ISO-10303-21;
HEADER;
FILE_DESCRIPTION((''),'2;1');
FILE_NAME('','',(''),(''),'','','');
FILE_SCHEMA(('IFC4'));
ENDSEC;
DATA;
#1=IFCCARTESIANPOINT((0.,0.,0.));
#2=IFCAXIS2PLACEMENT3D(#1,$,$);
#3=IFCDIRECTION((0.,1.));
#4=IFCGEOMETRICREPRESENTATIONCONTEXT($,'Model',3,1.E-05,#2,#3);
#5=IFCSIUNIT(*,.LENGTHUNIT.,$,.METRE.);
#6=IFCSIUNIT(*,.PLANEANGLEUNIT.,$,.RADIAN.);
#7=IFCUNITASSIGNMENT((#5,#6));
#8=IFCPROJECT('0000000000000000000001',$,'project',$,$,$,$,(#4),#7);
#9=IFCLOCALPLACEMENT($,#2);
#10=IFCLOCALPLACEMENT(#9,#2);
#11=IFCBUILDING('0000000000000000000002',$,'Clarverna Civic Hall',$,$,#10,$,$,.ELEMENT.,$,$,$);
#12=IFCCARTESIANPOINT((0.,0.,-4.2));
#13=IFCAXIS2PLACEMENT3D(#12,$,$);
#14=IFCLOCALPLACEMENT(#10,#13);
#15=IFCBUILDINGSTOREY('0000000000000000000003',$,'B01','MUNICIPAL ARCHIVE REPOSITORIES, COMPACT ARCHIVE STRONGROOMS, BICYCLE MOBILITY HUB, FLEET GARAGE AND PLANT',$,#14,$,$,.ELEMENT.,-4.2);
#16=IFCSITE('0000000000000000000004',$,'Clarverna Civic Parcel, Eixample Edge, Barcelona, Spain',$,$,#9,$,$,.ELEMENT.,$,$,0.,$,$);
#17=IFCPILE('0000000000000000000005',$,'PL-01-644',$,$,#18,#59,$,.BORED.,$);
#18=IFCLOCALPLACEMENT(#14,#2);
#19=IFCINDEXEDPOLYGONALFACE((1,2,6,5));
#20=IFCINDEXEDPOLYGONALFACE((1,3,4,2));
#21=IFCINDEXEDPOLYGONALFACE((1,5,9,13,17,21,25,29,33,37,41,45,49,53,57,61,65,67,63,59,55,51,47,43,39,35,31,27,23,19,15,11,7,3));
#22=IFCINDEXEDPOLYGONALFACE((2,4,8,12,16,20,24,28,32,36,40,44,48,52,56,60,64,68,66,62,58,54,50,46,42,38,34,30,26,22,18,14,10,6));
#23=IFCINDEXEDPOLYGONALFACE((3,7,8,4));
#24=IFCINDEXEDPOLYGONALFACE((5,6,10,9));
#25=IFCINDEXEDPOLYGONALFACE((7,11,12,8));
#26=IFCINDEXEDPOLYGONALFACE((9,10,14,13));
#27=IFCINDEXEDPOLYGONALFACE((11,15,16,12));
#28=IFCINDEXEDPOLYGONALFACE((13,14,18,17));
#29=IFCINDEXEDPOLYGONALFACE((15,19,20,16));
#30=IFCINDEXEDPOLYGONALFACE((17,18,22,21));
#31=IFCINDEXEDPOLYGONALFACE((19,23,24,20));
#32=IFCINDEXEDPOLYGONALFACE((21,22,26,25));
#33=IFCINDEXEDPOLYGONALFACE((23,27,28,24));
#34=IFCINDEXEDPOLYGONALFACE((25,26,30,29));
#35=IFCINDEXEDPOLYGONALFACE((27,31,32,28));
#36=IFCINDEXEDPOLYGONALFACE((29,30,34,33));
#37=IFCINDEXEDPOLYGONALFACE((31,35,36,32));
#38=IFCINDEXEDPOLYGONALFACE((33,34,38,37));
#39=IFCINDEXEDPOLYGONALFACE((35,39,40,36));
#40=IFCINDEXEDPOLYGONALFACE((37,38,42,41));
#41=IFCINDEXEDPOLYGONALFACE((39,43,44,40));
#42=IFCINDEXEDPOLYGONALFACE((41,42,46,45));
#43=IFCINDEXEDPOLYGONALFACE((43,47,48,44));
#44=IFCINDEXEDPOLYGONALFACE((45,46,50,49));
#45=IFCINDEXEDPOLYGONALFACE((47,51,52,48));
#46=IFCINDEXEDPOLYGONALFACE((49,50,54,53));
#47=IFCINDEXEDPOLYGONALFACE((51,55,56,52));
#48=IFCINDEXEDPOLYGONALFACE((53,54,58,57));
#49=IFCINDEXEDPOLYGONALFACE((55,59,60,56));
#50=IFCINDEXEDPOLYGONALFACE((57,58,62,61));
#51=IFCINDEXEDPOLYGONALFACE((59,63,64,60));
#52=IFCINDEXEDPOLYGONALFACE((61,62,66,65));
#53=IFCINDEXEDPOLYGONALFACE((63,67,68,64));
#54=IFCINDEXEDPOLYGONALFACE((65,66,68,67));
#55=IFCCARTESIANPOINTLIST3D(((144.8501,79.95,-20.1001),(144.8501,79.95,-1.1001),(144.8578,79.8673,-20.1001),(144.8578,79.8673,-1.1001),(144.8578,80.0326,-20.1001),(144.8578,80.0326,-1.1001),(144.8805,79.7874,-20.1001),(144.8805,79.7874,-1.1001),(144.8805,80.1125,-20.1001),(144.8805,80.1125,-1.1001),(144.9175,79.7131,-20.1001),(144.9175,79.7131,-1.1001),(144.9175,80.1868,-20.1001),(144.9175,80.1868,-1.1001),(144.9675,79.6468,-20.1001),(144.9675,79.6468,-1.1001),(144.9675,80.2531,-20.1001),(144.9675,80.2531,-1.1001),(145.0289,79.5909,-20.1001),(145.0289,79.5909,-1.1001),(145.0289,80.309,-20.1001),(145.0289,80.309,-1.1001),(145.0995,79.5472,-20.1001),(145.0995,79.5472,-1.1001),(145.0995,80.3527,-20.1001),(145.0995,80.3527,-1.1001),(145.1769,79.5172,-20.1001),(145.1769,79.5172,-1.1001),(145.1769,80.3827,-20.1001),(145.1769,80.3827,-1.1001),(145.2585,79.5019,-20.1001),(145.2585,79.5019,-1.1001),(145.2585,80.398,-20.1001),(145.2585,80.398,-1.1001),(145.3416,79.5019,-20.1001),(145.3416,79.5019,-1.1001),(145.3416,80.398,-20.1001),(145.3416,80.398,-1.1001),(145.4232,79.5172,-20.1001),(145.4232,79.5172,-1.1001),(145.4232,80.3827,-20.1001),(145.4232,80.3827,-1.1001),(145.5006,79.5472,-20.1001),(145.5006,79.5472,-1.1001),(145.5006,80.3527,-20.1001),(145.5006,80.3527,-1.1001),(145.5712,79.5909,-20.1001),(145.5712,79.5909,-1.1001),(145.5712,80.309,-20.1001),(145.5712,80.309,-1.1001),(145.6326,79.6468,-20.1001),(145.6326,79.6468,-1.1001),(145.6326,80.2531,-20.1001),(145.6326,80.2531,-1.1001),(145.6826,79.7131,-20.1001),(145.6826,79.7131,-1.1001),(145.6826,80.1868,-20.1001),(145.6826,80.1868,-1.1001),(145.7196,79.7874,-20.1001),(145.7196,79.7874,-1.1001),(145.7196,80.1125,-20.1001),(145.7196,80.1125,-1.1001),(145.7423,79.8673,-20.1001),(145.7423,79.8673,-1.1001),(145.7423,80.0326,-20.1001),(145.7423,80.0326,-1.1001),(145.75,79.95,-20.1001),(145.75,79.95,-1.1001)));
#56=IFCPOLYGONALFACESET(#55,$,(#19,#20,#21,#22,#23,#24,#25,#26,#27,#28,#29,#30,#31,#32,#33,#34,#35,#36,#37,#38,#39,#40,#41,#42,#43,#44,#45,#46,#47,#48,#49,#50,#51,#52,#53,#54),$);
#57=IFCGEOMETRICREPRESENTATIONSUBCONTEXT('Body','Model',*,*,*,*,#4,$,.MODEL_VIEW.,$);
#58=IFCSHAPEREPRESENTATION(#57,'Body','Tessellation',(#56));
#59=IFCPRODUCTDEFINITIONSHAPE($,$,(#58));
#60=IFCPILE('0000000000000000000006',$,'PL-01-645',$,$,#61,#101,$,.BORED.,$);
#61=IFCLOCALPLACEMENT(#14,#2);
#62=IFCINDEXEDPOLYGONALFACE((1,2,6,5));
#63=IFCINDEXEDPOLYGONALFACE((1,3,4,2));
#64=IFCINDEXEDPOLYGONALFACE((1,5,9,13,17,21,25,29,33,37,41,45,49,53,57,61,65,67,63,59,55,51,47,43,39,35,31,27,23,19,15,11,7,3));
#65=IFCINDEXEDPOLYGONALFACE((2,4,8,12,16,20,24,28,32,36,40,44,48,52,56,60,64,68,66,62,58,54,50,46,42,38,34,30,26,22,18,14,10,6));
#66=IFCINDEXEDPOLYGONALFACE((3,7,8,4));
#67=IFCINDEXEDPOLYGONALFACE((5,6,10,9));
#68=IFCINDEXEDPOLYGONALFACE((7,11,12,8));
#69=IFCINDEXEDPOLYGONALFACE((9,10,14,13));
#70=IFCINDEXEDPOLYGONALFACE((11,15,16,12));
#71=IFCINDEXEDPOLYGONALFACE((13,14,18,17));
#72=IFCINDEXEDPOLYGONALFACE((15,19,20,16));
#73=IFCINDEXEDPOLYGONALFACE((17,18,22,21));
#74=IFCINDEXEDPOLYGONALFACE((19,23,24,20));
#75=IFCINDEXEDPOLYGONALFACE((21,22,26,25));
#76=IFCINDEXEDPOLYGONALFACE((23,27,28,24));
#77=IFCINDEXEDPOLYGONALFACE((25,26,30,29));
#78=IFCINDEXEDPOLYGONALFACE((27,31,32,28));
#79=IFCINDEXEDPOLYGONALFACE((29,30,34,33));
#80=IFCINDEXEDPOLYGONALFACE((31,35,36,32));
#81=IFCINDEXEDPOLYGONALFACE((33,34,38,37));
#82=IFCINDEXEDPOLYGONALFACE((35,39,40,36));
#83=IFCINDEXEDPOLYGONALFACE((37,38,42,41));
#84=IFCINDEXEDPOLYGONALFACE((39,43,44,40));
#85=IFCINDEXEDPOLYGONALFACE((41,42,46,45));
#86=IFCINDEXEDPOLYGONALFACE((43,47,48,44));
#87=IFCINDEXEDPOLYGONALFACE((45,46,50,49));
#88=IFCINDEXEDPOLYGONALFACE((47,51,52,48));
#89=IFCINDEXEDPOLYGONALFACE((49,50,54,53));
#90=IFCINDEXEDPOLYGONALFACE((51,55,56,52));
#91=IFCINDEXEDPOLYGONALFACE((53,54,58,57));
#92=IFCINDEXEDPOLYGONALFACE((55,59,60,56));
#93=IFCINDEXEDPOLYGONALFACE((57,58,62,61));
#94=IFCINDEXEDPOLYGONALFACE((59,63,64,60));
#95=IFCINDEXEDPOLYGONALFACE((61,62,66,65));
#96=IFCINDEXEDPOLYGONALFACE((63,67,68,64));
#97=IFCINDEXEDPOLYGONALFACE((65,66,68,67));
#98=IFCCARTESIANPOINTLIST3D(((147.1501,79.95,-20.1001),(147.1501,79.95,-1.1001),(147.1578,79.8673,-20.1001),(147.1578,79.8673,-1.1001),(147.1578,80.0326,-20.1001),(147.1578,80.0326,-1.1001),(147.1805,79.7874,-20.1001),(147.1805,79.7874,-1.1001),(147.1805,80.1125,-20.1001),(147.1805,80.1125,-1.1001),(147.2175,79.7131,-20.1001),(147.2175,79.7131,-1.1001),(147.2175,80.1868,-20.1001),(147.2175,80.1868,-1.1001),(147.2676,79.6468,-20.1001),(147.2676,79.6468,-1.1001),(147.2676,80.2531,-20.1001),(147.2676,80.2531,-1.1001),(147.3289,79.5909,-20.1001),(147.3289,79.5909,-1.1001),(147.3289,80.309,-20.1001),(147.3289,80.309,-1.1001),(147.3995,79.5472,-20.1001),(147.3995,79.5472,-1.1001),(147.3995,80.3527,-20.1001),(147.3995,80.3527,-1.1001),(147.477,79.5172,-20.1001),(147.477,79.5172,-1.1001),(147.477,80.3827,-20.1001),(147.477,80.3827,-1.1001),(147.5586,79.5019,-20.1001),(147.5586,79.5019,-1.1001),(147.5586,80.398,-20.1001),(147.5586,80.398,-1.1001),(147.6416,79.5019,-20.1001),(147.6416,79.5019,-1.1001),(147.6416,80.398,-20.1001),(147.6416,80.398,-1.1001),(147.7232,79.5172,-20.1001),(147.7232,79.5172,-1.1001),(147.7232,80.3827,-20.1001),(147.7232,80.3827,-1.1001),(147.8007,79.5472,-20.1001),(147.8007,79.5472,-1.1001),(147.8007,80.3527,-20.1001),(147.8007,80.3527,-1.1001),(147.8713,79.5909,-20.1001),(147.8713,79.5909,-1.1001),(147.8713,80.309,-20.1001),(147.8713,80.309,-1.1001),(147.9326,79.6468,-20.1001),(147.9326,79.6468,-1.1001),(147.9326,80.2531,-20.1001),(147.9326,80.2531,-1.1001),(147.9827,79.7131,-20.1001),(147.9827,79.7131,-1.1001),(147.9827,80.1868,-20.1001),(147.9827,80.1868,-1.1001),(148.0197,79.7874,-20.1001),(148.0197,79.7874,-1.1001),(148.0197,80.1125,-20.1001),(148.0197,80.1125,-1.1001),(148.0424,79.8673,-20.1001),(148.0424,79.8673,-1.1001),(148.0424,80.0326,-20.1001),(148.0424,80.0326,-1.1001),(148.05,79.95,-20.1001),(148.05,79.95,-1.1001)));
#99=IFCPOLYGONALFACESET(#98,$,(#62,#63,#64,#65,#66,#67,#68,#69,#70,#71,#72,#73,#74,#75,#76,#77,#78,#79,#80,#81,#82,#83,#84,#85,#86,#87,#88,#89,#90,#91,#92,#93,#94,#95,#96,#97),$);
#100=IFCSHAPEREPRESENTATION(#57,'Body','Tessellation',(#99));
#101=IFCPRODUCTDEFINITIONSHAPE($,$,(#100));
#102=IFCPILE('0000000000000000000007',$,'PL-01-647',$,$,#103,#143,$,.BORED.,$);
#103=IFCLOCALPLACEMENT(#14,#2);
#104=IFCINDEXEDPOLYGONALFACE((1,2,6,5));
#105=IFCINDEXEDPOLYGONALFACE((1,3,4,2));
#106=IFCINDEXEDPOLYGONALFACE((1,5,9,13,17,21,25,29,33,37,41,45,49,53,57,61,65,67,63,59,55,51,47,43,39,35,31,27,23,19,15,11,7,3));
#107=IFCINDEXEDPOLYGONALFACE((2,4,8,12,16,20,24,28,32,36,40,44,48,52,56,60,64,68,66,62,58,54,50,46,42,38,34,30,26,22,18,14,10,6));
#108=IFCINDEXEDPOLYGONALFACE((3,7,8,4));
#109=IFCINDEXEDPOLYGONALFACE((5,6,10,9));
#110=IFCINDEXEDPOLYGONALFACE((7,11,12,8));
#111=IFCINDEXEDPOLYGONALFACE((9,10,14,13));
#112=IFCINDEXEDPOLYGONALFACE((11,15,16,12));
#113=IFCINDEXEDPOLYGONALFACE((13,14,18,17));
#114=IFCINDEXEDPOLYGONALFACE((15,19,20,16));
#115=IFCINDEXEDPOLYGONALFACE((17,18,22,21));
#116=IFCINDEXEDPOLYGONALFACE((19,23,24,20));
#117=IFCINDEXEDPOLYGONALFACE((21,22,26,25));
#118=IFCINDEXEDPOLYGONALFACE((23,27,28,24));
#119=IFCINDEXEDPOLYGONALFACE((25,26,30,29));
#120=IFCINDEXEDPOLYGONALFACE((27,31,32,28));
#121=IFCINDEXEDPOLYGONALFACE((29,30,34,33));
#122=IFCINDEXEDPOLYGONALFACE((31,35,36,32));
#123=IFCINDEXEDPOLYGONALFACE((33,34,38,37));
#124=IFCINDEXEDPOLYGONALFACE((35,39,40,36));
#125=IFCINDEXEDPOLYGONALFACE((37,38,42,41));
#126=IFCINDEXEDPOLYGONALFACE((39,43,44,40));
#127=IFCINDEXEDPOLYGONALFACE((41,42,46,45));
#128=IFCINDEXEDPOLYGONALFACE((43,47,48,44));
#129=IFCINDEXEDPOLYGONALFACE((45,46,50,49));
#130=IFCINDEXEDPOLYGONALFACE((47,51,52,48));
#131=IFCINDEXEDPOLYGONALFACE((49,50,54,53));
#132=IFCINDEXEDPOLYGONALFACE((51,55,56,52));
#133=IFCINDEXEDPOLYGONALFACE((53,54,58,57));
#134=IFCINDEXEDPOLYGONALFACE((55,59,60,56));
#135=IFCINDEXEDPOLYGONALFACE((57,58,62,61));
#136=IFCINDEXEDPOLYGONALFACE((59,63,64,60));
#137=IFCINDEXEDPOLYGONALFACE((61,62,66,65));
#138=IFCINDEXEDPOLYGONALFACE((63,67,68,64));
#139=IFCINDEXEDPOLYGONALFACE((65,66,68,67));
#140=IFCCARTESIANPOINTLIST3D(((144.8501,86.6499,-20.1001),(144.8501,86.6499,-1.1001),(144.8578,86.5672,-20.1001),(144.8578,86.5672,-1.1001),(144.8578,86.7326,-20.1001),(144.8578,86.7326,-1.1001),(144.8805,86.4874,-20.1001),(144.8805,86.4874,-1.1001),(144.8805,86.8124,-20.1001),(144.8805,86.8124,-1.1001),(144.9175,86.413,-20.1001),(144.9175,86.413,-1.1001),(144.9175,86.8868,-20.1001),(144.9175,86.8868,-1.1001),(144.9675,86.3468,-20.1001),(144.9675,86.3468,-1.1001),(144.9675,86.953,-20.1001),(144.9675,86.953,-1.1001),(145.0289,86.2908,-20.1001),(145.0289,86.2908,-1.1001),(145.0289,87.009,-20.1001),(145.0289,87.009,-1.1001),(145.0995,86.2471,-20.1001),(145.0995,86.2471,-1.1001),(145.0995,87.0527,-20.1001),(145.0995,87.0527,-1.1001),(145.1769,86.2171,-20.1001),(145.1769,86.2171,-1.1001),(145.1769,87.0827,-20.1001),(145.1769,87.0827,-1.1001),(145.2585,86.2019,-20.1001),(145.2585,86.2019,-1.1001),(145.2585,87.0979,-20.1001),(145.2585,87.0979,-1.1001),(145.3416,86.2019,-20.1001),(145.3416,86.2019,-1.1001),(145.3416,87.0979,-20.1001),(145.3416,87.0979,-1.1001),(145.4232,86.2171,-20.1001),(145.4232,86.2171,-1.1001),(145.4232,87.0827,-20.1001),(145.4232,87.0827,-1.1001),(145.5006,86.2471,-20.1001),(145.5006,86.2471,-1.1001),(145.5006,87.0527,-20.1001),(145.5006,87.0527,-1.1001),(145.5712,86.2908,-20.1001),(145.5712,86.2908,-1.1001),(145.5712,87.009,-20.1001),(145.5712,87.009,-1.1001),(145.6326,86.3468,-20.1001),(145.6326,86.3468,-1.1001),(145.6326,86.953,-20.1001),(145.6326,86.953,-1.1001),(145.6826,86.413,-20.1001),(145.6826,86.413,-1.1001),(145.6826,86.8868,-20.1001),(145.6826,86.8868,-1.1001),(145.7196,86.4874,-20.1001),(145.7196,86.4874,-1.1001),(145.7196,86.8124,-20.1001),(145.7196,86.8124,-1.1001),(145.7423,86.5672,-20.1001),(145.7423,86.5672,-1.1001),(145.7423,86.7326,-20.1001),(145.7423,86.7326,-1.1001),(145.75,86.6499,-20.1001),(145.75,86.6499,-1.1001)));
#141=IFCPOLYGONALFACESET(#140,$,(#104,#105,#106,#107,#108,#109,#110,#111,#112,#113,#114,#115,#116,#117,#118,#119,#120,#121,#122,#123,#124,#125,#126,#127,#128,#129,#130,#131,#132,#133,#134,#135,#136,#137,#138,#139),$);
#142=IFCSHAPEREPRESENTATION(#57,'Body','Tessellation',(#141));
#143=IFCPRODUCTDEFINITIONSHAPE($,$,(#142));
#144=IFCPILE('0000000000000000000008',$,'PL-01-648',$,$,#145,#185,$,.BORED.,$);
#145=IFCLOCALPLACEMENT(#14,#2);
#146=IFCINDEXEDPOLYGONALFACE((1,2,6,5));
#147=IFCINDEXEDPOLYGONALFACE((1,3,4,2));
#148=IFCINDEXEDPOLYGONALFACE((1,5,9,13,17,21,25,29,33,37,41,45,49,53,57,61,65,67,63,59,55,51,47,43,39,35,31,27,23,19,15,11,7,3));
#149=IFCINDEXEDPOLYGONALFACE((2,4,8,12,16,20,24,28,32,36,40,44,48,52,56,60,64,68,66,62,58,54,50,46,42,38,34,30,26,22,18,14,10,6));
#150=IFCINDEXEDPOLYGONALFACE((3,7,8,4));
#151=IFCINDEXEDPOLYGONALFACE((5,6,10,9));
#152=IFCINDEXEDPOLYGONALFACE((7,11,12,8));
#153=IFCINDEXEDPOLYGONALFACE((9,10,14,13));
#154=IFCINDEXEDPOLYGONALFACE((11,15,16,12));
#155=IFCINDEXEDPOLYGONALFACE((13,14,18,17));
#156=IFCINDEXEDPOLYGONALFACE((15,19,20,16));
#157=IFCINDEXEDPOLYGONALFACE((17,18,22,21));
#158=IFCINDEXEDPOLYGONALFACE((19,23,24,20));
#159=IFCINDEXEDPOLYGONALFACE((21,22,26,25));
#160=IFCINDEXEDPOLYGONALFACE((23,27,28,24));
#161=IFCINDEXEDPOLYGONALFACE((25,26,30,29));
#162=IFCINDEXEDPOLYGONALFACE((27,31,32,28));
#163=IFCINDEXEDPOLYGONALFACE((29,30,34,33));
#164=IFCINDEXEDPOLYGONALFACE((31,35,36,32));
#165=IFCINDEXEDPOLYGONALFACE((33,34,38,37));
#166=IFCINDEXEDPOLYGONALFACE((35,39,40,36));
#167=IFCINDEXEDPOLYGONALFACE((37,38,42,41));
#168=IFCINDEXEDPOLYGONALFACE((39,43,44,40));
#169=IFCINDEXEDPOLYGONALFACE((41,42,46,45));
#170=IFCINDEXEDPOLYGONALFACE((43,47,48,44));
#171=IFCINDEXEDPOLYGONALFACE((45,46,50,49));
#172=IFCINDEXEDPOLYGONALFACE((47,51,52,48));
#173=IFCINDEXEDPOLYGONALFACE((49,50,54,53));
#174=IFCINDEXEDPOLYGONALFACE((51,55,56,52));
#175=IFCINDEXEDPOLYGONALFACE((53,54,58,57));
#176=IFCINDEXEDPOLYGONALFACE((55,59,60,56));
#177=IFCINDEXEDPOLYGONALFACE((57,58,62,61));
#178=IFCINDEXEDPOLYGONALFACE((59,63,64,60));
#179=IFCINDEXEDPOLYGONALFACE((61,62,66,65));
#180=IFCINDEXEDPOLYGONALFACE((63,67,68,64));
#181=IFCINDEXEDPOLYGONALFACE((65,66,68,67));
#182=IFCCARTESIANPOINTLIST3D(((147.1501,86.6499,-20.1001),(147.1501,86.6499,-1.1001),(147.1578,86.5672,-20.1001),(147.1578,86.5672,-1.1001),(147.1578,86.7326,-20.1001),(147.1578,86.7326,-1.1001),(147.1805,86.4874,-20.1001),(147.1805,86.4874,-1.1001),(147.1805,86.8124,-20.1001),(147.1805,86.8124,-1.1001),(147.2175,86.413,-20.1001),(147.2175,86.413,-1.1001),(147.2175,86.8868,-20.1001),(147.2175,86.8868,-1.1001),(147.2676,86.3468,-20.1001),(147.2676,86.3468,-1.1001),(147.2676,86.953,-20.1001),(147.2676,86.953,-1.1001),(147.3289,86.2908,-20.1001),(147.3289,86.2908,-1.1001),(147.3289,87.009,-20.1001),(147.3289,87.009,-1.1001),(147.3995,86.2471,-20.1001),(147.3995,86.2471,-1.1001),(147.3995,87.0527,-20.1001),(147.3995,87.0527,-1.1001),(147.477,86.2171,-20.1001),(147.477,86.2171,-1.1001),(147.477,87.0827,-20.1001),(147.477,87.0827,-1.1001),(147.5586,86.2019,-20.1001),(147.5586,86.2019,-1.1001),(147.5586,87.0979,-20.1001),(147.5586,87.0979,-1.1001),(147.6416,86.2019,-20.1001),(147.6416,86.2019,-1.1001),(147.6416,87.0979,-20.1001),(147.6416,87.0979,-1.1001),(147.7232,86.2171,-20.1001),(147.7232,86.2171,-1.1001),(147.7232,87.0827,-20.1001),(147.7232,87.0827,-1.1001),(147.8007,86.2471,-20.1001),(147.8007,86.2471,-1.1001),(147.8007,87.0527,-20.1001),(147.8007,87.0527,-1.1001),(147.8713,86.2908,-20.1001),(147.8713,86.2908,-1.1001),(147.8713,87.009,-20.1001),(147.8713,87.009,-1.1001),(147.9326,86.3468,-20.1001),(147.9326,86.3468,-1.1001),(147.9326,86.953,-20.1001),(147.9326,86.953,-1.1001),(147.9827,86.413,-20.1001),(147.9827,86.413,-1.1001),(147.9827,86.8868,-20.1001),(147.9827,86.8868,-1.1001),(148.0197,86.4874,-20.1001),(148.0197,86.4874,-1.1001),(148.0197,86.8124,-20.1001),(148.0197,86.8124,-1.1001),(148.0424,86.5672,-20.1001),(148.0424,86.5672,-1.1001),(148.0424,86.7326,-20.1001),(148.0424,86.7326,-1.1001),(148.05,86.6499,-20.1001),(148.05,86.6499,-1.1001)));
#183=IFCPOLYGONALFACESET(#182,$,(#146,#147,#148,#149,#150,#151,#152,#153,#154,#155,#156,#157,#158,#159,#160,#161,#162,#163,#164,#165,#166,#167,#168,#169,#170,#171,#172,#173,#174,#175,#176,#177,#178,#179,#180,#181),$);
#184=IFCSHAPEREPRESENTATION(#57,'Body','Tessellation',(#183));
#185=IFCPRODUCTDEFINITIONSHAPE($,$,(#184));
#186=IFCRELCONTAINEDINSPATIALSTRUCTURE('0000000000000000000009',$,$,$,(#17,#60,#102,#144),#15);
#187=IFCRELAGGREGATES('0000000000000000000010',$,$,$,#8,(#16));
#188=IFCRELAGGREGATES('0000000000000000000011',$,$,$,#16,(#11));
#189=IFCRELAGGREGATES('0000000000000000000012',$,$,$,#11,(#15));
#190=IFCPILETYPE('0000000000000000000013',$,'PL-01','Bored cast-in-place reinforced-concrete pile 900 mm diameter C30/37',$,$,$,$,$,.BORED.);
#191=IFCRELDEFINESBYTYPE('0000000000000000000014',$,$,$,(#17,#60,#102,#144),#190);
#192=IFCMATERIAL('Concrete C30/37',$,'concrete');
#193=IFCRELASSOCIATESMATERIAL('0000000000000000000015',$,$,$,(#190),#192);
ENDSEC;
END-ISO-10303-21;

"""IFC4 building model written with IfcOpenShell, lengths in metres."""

from ifc_helpers import new_model, si_unit, direction, frame, origin, origin_2d, place, context, subcontext, project, spatial, circle, extrude, material, material_profile, profile_set, type_object, element, save


model = new_model("IFC4")

# Units and contexts
model_context = context("Model", 3, precision=1e-05, world=origin(), true_north=direction((0.0, 1.0)))
body_context = subcontext(model_context, "Body", "Model", "MODEL_VIEW")
ifc_project = project(units=[si_unit("LENGTHUNIT", "METRE"), si_unit("PLANEANGLEUNIT", "RADIAN")], contexts=[model_context])

# Site, building, storey
site_placement = place(None, origin())
site = spatial("IfcSite", under=ifc_project, at=site_placement, Name="Clarverna Civic Parcel, Eixample Edge, Barcelona, Spain", CompositionType="ELEMENT", RefElevation=0.0)
building_placement = place(site_placement, origin())
building = spatial("IfcBuilding", under=site, at=building_placement, Name="Clarverna Civic Hall", CompositionType="ELEMENT")
storey_placement = place(building_placement, frame((0.0, 0.0, -4.2)))
storey = spatial("IfcBuildingStorey", under=building, at=storey_placement, Name="B01", Description="MUNICIPAL ARCHIVE REPOSITORIES, COMPACT ARCHIVE STRONGROOMS, BICYCLE MOBILITY HUB, FLEET GARAGE AND PLANT", CompositionType="ELEMENT", Elevation=-4.2)

# Shared definitions
ifc_material_1 = material(Name="Concrete C30/37", Category="concrete")

# Piles
ifc_material_profile_1 = material_profile(ifc_material_1, circle(Radius=0.45, at=origin_2d()), Name="BORED PILE D900")
ifc_profile_set_1 = profile_set([ifc_material_profile_1], Name="Concrete C30/37")
pile_type = type_object("IfcPileType", Name="PL-01", Description="Bored cast-in-place reinforced-concrete pile 900 mm diameter C30/37", PredefinedType="BORED", material=ifc_profile_set_1)
for number, where, z_axis, x_axis, name in (
    (1, (145.3, 79.95, -1.1001), (0.0, 0.0, -1.0), (1.0, 0.0, 0.0), "PL-01-644"),
    (2, (147.6001, 79.95, -1.1001), (0.0, 0.0, -1.0), (1.0, 0.0, 0.0), "PL-01-645"),
    (3, (145.3, 86.6499, -1.1001), (0.0, 0.0, -1.0), (1.0, 0.0, 0.0), "PL-01-647"),
    (4, (147.6001, 86.6499, -1.1001), (0.0, 0.0, -1.0), (1.0, 0.0, 0.0), "PL-01-648"),
):
    element("IfcPile", number, at=place(storey_placement, frame(where, z_axis=z_axis, x_axis=x_axis)), inside=storey, type_object=pile_type, Name=name, PredefinedType="BORED", context=body_context, shape_type="SweptSolid", body=[
        extrude(circle(Radius=0.45, at=origin_2d()), origin(), (0.0, 0.0, 1.0), 19.0),
    ])

save(model, "model.ifc")
